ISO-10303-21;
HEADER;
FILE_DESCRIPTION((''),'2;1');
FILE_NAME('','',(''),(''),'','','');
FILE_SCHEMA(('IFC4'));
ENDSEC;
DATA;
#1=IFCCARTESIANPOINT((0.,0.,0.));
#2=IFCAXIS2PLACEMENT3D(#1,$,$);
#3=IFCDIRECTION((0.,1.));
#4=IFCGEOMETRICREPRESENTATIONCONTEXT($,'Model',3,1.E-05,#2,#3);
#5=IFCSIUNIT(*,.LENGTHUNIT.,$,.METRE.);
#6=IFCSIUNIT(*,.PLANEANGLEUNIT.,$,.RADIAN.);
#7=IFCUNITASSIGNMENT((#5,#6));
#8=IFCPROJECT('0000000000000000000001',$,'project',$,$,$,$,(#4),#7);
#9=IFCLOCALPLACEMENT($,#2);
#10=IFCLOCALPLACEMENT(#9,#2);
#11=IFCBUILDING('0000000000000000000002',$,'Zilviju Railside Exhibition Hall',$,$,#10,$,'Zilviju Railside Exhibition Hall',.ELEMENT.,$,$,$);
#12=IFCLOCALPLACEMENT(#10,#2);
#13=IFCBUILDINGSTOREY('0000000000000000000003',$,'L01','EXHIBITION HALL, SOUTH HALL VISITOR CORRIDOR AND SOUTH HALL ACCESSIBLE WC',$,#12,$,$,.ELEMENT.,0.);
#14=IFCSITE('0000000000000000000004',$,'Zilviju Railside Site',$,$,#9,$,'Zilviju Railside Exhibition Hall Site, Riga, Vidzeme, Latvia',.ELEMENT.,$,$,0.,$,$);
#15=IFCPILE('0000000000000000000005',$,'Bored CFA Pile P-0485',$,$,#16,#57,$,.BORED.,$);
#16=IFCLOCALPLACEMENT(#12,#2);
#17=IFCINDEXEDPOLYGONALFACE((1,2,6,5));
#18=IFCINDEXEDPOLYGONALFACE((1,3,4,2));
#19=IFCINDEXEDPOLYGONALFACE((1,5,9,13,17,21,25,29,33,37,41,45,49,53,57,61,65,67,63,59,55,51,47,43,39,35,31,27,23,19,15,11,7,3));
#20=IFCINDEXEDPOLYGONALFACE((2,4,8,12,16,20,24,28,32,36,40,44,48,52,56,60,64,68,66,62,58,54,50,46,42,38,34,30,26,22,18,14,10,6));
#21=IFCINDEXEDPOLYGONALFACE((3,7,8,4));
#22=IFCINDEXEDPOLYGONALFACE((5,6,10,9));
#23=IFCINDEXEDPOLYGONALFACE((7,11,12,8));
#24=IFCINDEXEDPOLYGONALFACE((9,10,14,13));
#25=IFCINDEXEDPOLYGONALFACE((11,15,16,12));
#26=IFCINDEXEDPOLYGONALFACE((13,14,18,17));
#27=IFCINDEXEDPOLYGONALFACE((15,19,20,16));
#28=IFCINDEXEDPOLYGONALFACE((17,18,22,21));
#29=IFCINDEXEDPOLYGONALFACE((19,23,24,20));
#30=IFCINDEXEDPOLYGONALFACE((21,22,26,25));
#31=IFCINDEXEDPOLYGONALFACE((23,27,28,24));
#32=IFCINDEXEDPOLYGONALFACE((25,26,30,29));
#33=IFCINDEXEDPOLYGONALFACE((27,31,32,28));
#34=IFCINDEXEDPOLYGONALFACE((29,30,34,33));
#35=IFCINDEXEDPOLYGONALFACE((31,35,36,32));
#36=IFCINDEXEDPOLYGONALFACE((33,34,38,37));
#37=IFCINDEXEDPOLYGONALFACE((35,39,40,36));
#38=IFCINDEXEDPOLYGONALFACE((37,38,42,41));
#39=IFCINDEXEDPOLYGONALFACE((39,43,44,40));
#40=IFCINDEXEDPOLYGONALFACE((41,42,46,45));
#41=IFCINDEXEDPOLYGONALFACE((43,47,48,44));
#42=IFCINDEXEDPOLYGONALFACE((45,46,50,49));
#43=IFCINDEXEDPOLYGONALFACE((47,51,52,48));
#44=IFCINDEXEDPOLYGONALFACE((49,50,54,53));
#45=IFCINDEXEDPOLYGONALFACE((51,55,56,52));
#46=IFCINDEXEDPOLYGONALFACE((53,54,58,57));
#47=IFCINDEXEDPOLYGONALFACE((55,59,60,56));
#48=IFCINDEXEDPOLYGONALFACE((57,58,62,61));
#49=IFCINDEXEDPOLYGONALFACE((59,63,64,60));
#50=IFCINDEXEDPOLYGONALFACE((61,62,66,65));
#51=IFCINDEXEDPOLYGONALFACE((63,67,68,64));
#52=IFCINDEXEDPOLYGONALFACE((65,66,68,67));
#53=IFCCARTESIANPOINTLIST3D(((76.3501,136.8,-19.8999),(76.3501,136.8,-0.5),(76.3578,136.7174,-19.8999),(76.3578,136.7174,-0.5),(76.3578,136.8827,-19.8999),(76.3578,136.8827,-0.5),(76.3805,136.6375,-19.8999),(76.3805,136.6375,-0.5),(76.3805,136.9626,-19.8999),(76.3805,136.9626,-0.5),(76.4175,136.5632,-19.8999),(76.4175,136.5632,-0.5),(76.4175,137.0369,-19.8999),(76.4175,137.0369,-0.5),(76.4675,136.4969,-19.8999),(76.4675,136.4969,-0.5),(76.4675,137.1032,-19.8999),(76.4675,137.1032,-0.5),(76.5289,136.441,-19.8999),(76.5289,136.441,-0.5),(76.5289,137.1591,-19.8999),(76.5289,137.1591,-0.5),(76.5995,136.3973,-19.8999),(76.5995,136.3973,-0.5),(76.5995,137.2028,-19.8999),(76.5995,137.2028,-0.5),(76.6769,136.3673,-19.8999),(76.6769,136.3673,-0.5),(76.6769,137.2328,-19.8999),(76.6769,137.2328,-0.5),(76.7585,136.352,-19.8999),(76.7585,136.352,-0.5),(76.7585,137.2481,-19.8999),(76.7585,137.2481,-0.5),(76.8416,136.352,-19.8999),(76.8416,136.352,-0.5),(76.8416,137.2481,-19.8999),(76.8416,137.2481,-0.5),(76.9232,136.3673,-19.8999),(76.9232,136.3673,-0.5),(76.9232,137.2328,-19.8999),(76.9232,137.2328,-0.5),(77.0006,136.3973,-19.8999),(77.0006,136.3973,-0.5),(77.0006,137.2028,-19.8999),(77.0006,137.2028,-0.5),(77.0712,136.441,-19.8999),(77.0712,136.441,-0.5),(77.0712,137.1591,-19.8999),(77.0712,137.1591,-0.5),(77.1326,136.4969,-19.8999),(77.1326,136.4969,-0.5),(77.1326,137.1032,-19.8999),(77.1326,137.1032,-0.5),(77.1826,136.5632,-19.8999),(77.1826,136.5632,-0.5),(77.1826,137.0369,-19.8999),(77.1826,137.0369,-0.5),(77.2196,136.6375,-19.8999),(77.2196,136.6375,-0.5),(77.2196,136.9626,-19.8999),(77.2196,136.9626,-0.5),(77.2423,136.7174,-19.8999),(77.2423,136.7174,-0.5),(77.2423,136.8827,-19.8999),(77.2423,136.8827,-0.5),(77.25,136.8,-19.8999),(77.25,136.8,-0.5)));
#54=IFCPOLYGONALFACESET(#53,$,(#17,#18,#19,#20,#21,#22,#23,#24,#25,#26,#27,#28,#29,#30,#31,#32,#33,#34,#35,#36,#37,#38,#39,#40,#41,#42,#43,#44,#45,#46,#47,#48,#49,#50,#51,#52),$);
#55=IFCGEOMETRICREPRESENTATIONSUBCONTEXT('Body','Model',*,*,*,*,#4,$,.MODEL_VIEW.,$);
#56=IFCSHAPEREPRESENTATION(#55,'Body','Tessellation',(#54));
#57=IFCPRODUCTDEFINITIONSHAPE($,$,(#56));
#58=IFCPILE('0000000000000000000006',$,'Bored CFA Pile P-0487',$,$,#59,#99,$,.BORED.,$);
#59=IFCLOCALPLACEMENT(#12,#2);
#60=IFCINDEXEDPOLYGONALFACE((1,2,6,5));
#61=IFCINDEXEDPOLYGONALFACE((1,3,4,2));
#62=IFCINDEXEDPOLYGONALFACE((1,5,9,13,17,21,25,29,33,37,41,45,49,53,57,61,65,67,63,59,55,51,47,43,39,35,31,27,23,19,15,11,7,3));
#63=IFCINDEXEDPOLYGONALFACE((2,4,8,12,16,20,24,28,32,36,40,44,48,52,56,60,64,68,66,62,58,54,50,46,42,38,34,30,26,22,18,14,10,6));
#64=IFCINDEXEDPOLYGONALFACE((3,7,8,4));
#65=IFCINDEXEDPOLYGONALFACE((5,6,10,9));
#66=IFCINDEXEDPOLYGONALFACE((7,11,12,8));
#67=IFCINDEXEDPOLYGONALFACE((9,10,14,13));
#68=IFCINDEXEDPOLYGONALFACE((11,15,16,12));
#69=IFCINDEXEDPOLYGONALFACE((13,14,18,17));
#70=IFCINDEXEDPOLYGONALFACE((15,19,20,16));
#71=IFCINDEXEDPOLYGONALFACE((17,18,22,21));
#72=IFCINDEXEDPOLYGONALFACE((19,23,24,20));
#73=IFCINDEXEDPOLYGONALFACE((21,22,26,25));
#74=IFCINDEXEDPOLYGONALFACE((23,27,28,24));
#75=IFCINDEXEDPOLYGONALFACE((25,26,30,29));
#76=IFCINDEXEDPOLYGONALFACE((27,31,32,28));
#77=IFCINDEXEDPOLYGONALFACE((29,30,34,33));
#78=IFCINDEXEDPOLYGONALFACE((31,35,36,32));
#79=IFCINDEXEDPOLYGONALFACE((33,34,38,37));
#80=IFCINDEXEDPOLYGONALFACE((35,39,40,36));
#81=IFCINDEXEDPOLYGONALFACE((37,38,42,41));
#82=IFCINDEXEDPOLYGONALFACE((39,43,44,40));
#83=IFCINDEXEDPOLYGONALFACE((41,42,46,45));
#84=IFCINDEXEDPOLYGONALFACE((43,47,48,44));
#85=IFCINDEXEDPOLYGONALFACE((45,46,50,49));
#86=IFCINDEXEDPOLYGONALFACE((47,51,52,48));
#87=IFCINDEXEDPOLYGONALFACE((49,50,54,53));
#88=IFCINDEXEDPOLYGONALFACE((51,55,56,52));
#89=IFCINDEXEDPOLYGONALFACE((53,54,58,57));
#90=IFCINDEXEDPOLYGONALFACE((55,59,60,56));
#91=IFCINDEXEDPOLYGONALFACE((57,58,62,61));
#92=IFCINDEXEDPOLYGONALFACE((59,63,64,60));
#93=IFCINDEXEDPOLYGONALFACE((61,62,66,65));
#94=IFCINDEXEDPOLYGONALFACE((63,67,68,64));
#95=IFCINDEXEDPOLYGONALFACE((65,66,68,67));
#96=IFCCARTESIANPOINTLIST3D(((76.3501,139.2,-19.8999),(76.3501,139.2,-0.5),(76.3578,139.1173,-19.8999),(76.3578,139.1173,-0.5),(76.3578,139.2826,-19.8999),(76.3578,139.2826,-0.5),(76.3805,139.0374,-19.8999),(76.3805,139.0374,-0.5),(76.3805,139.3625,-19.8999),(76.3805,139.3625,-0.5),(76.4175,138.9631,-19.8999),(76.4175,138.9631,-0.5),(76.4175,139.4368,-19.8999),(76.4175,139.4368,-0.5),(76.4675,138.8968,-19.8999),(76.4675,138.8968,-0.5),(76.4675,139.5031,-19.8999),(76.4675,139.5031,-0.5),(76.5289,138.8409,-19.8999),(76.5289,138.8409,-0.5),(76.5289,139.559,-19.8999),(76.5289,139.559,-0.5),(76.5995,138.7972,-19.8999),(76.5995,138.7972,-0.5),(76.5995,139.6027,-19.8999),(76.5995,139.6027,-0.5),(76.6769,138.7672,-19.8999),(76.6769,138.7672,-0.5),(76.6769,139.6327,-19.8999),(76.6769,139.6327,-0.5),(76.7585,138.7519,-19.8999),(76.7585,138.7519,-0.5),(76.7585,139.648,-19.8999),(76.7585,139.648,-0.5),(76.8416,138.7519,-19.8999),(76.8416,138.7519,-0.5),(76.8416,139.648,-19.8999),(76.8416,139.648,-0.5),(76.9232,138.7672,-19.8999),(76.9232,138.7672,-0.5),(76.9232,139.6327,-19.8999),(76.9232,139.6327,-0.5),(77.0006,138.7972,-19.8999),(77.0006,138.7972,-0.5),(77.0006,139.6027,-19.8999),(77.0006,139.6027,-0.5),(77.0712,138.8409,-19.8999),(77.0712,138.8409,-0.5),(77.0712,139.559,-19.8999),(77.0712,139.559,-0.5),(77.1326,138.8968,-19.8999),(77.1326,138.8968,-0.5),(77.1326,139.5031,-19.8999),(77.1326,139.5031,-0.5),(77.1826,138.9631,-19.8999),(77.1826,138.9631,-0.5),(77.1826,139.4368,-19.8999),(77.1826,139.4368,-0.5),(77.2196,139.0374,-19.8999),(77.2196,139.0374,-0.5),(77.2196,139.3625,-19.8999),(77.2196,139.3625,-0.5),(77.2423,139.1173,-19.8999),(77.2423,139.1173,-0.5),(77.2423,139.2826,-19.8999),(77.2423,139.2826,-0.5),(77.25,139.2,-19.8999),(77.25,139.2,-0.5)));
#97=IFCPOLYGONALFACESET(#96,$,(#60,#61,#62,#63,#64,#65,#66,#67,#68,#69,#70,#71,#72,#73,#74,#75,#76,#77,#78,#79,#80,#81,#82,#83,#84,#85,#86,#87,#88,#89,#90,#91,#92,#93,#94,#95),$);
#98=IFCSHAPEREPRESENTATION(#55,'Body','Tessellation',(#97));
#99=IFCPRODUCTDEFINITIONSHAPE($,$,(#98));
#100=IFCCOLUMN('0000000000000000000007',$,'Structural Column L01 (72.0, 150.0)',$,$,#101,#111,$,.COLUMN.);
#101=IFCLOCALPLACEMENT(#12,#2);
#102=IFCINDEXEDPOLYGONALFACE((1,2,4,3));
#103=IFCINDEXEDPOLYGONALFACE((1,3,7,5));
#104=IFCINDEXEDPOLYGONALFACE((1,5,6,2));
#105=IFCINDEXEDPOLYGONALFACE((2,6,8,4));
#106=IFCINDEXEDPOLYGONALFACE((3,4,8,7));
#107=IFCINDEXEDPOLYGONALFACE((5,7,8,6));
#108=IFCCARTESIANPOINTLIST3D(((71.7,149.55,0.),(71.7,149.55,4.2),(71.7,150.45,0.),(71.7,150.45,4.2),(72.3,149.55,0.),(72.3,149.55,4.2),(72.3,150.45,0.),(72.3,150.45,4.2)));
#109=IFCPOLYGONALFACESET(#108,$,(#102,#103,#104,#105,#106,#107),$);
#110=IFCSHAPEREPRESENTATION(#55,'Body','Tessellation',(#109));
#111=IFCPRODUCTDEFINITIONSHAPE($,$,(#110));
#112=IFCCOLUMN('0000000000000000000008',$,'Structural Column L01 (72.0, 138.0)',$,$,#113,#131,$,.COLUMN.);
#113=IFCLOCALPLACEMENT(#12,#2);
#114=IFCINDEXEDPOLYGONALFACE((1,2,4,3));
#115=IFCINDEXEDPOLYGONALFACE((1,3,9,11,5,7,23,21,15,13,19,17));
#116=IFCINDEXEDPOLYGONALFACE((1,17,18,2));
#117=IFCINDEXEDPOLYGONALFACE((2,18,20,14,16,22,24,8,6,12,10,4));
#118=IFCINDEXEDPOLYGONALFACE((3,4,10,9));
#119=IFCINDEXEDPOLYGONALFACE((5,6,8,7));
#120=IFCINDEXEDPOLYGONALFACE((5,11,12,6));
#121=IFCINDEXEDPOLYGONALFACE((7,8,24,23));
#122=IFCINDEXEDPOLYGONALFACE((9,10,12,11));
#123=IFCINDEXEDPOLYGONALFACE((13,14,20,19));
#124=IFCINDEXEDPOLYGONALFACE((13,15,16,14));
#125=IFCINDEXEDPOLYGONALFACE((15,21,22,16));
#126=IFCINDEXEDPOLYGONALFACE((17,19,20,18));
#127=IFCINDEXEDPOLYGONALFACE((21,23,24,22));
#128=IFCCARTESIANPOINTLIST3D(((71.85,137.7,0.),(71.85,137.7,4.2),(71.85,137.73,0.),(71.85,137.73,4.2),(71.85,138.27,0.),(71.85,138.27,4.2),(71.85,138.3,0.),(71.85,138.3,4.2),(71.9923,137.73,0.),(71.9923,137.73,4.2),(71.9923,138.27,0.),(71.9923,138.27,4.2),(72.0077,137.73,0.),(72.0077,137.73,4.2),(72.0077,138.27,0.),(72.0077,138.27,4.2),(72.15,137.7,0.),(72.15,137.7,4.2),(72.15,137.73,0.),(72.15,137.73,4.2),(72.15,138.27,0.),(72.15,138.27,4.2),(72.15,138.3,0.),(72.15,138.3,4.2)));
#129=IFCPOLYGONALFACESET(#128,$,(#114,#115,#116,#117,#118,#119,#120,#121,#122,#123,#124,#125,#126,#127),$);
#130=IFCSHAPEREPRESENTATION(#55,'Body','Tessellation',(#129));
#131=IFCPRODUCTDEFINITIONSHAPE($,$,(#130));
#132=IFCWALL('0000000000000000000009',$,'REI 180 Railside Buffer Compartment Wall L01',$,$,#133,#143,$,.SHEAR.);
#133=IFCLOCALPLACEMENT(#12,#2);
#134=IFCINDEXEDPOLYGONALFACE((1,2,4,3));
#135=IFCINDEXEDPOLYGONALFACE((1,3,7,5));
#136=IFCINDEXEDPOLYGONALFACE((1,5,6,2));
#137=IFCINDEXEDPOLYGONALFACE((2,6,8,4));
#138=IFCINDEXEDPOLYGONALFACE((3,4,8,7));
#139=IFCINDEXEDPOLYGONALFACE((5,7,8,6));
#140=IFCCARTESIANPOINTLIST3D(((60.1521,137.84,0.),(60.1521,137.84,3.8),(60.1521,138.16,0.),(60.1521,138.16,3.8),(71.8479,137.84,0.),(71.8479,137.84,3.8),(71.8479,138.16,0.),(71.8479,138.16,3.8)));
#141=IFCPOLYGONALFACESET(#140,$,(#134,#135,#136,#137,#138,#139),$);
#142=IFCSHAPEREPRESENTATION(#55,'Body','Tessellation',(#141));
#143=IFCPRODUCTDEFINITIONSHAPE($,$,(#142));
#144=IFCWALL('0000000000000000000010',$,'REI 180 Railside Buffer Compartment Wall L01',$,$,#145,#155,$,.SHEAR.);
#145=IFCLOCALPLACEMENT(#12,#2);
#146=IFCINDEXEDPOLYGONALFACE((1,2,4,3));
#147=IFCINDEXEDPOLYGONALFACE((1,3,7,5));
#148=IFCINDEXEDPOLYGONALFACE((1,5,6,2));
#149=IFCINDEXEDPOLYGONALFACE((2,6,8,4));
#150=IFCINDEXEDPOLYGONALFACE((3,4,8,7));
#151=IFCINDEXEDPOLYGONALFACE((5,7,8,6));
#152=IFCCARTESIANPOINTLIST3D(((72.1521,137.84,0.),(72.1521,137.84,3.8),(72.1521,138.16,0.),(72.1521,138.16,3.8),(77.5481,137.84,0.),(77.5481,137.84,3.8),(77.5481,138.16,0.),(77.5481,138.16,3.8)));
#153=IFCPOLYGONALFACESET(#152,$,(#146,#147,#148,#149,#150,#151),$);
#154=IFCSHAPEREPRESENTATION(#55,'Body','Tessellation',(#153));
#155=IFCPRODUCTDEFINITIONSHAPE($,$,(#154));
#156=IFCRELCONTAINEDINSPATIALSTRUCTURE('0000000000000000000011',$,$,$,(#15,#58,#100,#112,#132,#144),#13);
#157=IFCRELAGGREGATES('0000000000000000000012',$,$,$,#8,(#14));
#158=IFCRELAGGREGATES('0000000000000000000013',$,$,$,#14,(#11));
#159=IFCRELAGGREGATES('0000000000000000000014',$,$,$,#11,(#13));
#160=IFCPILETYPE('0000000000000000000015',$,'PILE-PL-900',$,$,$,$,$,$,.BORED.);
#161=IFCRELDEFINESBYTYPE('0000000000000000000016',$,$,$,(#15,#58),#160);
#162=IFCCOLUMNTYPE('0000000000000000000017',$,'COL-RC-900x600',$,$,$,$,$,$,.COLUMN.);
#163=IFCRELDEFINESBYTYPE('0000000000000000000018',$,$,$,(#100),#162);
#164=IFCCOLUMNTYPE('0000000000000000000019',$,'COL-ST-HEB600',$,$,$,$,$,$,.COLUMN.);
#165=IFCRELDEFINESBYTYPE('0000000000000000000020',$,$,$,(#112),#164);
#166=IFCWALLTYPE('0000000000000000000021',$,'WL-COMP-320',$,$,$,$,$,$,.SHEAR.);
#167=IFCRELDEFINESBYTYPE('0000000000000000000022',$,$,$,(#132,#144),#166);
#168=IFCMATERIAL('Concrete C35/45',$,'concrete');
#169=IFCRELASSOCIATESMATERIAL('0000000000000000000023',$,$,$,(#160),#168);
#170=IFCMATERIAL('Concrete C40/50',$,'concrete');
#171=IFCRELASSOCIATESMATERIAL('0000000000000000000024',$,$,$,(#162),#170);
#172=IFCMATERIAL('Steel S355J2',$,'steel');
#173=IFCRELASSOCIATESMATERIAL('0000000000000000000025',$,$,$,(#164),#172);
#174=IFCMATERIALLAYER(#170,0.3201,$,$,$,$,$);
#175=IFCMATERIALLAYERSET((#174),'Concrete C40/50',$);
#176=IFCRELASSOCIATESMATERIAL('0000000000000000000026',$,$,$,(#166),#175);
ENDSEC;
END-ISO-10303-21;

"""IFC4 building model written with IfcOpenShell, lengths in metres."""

from ifc_helpers import new_model, si_unit, direction, frame, frame_2d, origin, origin_2d, place, context, subcontext, project, spatial, rectangle, circle, i_section, extrude, material, layer, layer_set, material_profile, profile_set, type_object, element, save


model = new_model("IFC4")

# Units and contexts
model_context = context("Model", 3, precision=1e-05, world=origin(), true_north=direction((0.0, 1.0)))
body_context = subcontext(model_context, "Body", "Model", "MODEL_VIEW")
ifc_project = project(units=[si_unit("LENGTHUNIT", "METRE"), si_unit("PLANEANGLEUNIT", "RADIAN")], contexts=[model_context])

# Site, building, storey
site_placement = place(None, origin())
site = spatial("IfcSite", under=ifc_project, at=site_placement, Name="Zilviju Railside Site", LongName="Zilviju Railside Exhibition Hall Site, Riga, Vidzeme, Latvia", CompositionType="ELEMENT", RefElevation=0.0)
building_placement = place(site_placement, origin())
building = spatial("IfcBuilding", under=site, at=building_placement, Name="Zilviju Railside Exhibition Hall", LongName="Zilviju Railside Exhibition Hall", CompositionType="ELEMENT")
storey_placement = place(building_placement, origin())
storey = spatial("IfcBuildingStorey", under=building, at=storey_placement, Name="L01", Description="EXHIBITION HALL, SOUTH HALL VISITOR CORRIDOR AND SOUTH HALL ACCESSIBLE WC", CompositionType="ELEMENT", Elevation=0.0)

# Shared definitions
ifc_material_1 = material(Name="Concrete C35/45", Category="concrete")
ifc_material_2 = material(Name="Concrete C40/50", Category="concrete")

# Piles
ifc_material_profile_1 = material_profile(ifc_material_1, circle(Radius=0.45, at=origin_2d()), Name="CFA PILE D900")
ifc_profile_set_1 = profile_set([ifc_material_profile_1], Name="Concrete C35/45")
pile_type_1 = type_object("IfcPileType", Name="PILE-PL-900", PredefinedType="BORED", material=ifc_profile_set_1)
for number, where, z_axis, x_axis, name in (
    (1, (76.8, 136.8, -0.5), (0.0, 0.0, -1.0), (1.0, 0.0, 0.0), "Bored CFA Pile P-0485"),
    (2, (76.8, 139.2, -0.5), (0.0, 0.0, -1.0), (1.0, 0.0, 0.0), "Bored CFA Pile P-0487"),
):
    element("IfcPile", number, at=place(storey_placement, frame(where, z_axis=z_axis, x_axis=x_axis)), inside=storey, type_object=pile_type_1, Name=name, PredefinedType="BORED", context=body_context, shape_type="SweptSolid", body=[
        extrude(circle(Radius=0.45, at=origin_2d()), origin(), (0.0, 0.0, 1.0), 19.3999),
    ])

# Columns
ifc_material_profile_2 = material_profile(ifc_material_2, rectangle(XDim=0.6001, YDim=0.8999, at=origin_2d()), Name="RC COL 600x900")
ifc_profile_set_2 = profile_set([ifc_material_profile_2], Name="Concrete C40/50")
column_type_1 = type_object("IfcColumnType", Name="COL-RC-900x600", PredefinedType="COLUMN", material=ifc_profile_set_2)
column_1_placement = place(storey_placement, frame((72.0, 150.0, 0.0), z_axis=(0.0, 0.0, 1.0), x_axis=(1.0, 0.0, 0.0)))
element("IfcColumn", 3, at=column_1_placement, inside=storey, type_object=column_type_1, Name="Structural Column L01 (72.0, 150.0)", PredefinedType="COLUMN", context=body_context, shape_type="SweptSolid", body=[
    extrude(rectangle(XDim=0.6001, YDim=0.8999, at=origin_2d()), origin(), (0.0, 0.0, 1.0), 4.2),
])
ifc_material_3 = material(Name="Steel S355J2", Category="steel")
ifc_material_profile_3 = material_profile(ifc_material_3, i_section(OverallWidth=0.3, OverallDepth=0.6001, WebThickness=0.0154, FlangeThickness=0.03, at=origin_2d()), Name="HEB 600")
ifc_profile_set_3 = profile_set([ifc_material_profile_3], Name="Steel S355J2")
column_type_2 = type_object("IfcColumnType", Name="COL-ST-HEB600", PredefinedType="COLUMN", material=ifc_profile_set_3)
column_2_placement = place(storey_placement, frame((72.0, 138.0, 0.0), z_axis=(0.0, 0.0, 1.0), x_axis=(1.0, 0.0, 0.0)))
element("IfcColumn", 4, at=column_2_placement, inside=storey, type_object=column_type_2, Name="Structural Column L01 (72.0, 138.0)", PredefinedType="COLUMN", context=body_context, shape_type="SweptSolid", body=[
    extrude(i_section(OverallWidth=0.3, OverallDepth=0.6001, WebThickness=0.0154, FlangeThickness=0.03, at=origin_2d()), origin(), (0.0, 0.0, 1.0), 4.2),
])

# Walls
ifc_layer_1 = layer(ifc_material_2, 0.3201)
ifc_layer_set_1 = layer_set([ifc_layer_1], Name="Concrete C40/50")
wall_type_1 = type_object("IfcWallType", Name="WL-COMP-320", PredefinedType="SHEAR", material=ifc_layer_set_1)
wall_1_placement = place(storey_placement, frame((60.1521, 138.0, 0.0), z_axis=(0.0, 0.0, 1.0), x_axis=(1.0, 0.0, 0.0)))
element("IfcWall", 5, at=wall_1_placement, inside=storey, type_object=wall_type_1, Name="REI 180 Railside Buffer Compartment Wall L01", PredefinedType="SHEAR", context=body_context, shape_type="SweptSolid", body=[
    extrude(rectangle(XDim=11.6958, YDim=0.3201, at=frame_2d((5.8479, 0.0))), origin(), (0.0, 0.0, 1.0), 3.8),
])
wall_2_placement = place(storey_placement, frame((72.1521, 138.0, 0.0), z_axis=(0.0, 0.0, 1.0), x_axis=(1.0, 0.0, 0.0)))
element("IfcWall", 6, at=wall_2_placement, inside=storey, type_object=wall_type_1, Name="REI 180 Railside Buffer Compartment Wall L01", PredefinedType="SHEAR", context=body_context, shape_type="SweptSolid", body=[
    extrude(rectangle(XDim=5.396, YDim=0.3201, at=frame_2d((2.698, 0.0))), origin(), (0.0, 0.0, 1.0), 3.8),
])

save(model, "model.ifc")
